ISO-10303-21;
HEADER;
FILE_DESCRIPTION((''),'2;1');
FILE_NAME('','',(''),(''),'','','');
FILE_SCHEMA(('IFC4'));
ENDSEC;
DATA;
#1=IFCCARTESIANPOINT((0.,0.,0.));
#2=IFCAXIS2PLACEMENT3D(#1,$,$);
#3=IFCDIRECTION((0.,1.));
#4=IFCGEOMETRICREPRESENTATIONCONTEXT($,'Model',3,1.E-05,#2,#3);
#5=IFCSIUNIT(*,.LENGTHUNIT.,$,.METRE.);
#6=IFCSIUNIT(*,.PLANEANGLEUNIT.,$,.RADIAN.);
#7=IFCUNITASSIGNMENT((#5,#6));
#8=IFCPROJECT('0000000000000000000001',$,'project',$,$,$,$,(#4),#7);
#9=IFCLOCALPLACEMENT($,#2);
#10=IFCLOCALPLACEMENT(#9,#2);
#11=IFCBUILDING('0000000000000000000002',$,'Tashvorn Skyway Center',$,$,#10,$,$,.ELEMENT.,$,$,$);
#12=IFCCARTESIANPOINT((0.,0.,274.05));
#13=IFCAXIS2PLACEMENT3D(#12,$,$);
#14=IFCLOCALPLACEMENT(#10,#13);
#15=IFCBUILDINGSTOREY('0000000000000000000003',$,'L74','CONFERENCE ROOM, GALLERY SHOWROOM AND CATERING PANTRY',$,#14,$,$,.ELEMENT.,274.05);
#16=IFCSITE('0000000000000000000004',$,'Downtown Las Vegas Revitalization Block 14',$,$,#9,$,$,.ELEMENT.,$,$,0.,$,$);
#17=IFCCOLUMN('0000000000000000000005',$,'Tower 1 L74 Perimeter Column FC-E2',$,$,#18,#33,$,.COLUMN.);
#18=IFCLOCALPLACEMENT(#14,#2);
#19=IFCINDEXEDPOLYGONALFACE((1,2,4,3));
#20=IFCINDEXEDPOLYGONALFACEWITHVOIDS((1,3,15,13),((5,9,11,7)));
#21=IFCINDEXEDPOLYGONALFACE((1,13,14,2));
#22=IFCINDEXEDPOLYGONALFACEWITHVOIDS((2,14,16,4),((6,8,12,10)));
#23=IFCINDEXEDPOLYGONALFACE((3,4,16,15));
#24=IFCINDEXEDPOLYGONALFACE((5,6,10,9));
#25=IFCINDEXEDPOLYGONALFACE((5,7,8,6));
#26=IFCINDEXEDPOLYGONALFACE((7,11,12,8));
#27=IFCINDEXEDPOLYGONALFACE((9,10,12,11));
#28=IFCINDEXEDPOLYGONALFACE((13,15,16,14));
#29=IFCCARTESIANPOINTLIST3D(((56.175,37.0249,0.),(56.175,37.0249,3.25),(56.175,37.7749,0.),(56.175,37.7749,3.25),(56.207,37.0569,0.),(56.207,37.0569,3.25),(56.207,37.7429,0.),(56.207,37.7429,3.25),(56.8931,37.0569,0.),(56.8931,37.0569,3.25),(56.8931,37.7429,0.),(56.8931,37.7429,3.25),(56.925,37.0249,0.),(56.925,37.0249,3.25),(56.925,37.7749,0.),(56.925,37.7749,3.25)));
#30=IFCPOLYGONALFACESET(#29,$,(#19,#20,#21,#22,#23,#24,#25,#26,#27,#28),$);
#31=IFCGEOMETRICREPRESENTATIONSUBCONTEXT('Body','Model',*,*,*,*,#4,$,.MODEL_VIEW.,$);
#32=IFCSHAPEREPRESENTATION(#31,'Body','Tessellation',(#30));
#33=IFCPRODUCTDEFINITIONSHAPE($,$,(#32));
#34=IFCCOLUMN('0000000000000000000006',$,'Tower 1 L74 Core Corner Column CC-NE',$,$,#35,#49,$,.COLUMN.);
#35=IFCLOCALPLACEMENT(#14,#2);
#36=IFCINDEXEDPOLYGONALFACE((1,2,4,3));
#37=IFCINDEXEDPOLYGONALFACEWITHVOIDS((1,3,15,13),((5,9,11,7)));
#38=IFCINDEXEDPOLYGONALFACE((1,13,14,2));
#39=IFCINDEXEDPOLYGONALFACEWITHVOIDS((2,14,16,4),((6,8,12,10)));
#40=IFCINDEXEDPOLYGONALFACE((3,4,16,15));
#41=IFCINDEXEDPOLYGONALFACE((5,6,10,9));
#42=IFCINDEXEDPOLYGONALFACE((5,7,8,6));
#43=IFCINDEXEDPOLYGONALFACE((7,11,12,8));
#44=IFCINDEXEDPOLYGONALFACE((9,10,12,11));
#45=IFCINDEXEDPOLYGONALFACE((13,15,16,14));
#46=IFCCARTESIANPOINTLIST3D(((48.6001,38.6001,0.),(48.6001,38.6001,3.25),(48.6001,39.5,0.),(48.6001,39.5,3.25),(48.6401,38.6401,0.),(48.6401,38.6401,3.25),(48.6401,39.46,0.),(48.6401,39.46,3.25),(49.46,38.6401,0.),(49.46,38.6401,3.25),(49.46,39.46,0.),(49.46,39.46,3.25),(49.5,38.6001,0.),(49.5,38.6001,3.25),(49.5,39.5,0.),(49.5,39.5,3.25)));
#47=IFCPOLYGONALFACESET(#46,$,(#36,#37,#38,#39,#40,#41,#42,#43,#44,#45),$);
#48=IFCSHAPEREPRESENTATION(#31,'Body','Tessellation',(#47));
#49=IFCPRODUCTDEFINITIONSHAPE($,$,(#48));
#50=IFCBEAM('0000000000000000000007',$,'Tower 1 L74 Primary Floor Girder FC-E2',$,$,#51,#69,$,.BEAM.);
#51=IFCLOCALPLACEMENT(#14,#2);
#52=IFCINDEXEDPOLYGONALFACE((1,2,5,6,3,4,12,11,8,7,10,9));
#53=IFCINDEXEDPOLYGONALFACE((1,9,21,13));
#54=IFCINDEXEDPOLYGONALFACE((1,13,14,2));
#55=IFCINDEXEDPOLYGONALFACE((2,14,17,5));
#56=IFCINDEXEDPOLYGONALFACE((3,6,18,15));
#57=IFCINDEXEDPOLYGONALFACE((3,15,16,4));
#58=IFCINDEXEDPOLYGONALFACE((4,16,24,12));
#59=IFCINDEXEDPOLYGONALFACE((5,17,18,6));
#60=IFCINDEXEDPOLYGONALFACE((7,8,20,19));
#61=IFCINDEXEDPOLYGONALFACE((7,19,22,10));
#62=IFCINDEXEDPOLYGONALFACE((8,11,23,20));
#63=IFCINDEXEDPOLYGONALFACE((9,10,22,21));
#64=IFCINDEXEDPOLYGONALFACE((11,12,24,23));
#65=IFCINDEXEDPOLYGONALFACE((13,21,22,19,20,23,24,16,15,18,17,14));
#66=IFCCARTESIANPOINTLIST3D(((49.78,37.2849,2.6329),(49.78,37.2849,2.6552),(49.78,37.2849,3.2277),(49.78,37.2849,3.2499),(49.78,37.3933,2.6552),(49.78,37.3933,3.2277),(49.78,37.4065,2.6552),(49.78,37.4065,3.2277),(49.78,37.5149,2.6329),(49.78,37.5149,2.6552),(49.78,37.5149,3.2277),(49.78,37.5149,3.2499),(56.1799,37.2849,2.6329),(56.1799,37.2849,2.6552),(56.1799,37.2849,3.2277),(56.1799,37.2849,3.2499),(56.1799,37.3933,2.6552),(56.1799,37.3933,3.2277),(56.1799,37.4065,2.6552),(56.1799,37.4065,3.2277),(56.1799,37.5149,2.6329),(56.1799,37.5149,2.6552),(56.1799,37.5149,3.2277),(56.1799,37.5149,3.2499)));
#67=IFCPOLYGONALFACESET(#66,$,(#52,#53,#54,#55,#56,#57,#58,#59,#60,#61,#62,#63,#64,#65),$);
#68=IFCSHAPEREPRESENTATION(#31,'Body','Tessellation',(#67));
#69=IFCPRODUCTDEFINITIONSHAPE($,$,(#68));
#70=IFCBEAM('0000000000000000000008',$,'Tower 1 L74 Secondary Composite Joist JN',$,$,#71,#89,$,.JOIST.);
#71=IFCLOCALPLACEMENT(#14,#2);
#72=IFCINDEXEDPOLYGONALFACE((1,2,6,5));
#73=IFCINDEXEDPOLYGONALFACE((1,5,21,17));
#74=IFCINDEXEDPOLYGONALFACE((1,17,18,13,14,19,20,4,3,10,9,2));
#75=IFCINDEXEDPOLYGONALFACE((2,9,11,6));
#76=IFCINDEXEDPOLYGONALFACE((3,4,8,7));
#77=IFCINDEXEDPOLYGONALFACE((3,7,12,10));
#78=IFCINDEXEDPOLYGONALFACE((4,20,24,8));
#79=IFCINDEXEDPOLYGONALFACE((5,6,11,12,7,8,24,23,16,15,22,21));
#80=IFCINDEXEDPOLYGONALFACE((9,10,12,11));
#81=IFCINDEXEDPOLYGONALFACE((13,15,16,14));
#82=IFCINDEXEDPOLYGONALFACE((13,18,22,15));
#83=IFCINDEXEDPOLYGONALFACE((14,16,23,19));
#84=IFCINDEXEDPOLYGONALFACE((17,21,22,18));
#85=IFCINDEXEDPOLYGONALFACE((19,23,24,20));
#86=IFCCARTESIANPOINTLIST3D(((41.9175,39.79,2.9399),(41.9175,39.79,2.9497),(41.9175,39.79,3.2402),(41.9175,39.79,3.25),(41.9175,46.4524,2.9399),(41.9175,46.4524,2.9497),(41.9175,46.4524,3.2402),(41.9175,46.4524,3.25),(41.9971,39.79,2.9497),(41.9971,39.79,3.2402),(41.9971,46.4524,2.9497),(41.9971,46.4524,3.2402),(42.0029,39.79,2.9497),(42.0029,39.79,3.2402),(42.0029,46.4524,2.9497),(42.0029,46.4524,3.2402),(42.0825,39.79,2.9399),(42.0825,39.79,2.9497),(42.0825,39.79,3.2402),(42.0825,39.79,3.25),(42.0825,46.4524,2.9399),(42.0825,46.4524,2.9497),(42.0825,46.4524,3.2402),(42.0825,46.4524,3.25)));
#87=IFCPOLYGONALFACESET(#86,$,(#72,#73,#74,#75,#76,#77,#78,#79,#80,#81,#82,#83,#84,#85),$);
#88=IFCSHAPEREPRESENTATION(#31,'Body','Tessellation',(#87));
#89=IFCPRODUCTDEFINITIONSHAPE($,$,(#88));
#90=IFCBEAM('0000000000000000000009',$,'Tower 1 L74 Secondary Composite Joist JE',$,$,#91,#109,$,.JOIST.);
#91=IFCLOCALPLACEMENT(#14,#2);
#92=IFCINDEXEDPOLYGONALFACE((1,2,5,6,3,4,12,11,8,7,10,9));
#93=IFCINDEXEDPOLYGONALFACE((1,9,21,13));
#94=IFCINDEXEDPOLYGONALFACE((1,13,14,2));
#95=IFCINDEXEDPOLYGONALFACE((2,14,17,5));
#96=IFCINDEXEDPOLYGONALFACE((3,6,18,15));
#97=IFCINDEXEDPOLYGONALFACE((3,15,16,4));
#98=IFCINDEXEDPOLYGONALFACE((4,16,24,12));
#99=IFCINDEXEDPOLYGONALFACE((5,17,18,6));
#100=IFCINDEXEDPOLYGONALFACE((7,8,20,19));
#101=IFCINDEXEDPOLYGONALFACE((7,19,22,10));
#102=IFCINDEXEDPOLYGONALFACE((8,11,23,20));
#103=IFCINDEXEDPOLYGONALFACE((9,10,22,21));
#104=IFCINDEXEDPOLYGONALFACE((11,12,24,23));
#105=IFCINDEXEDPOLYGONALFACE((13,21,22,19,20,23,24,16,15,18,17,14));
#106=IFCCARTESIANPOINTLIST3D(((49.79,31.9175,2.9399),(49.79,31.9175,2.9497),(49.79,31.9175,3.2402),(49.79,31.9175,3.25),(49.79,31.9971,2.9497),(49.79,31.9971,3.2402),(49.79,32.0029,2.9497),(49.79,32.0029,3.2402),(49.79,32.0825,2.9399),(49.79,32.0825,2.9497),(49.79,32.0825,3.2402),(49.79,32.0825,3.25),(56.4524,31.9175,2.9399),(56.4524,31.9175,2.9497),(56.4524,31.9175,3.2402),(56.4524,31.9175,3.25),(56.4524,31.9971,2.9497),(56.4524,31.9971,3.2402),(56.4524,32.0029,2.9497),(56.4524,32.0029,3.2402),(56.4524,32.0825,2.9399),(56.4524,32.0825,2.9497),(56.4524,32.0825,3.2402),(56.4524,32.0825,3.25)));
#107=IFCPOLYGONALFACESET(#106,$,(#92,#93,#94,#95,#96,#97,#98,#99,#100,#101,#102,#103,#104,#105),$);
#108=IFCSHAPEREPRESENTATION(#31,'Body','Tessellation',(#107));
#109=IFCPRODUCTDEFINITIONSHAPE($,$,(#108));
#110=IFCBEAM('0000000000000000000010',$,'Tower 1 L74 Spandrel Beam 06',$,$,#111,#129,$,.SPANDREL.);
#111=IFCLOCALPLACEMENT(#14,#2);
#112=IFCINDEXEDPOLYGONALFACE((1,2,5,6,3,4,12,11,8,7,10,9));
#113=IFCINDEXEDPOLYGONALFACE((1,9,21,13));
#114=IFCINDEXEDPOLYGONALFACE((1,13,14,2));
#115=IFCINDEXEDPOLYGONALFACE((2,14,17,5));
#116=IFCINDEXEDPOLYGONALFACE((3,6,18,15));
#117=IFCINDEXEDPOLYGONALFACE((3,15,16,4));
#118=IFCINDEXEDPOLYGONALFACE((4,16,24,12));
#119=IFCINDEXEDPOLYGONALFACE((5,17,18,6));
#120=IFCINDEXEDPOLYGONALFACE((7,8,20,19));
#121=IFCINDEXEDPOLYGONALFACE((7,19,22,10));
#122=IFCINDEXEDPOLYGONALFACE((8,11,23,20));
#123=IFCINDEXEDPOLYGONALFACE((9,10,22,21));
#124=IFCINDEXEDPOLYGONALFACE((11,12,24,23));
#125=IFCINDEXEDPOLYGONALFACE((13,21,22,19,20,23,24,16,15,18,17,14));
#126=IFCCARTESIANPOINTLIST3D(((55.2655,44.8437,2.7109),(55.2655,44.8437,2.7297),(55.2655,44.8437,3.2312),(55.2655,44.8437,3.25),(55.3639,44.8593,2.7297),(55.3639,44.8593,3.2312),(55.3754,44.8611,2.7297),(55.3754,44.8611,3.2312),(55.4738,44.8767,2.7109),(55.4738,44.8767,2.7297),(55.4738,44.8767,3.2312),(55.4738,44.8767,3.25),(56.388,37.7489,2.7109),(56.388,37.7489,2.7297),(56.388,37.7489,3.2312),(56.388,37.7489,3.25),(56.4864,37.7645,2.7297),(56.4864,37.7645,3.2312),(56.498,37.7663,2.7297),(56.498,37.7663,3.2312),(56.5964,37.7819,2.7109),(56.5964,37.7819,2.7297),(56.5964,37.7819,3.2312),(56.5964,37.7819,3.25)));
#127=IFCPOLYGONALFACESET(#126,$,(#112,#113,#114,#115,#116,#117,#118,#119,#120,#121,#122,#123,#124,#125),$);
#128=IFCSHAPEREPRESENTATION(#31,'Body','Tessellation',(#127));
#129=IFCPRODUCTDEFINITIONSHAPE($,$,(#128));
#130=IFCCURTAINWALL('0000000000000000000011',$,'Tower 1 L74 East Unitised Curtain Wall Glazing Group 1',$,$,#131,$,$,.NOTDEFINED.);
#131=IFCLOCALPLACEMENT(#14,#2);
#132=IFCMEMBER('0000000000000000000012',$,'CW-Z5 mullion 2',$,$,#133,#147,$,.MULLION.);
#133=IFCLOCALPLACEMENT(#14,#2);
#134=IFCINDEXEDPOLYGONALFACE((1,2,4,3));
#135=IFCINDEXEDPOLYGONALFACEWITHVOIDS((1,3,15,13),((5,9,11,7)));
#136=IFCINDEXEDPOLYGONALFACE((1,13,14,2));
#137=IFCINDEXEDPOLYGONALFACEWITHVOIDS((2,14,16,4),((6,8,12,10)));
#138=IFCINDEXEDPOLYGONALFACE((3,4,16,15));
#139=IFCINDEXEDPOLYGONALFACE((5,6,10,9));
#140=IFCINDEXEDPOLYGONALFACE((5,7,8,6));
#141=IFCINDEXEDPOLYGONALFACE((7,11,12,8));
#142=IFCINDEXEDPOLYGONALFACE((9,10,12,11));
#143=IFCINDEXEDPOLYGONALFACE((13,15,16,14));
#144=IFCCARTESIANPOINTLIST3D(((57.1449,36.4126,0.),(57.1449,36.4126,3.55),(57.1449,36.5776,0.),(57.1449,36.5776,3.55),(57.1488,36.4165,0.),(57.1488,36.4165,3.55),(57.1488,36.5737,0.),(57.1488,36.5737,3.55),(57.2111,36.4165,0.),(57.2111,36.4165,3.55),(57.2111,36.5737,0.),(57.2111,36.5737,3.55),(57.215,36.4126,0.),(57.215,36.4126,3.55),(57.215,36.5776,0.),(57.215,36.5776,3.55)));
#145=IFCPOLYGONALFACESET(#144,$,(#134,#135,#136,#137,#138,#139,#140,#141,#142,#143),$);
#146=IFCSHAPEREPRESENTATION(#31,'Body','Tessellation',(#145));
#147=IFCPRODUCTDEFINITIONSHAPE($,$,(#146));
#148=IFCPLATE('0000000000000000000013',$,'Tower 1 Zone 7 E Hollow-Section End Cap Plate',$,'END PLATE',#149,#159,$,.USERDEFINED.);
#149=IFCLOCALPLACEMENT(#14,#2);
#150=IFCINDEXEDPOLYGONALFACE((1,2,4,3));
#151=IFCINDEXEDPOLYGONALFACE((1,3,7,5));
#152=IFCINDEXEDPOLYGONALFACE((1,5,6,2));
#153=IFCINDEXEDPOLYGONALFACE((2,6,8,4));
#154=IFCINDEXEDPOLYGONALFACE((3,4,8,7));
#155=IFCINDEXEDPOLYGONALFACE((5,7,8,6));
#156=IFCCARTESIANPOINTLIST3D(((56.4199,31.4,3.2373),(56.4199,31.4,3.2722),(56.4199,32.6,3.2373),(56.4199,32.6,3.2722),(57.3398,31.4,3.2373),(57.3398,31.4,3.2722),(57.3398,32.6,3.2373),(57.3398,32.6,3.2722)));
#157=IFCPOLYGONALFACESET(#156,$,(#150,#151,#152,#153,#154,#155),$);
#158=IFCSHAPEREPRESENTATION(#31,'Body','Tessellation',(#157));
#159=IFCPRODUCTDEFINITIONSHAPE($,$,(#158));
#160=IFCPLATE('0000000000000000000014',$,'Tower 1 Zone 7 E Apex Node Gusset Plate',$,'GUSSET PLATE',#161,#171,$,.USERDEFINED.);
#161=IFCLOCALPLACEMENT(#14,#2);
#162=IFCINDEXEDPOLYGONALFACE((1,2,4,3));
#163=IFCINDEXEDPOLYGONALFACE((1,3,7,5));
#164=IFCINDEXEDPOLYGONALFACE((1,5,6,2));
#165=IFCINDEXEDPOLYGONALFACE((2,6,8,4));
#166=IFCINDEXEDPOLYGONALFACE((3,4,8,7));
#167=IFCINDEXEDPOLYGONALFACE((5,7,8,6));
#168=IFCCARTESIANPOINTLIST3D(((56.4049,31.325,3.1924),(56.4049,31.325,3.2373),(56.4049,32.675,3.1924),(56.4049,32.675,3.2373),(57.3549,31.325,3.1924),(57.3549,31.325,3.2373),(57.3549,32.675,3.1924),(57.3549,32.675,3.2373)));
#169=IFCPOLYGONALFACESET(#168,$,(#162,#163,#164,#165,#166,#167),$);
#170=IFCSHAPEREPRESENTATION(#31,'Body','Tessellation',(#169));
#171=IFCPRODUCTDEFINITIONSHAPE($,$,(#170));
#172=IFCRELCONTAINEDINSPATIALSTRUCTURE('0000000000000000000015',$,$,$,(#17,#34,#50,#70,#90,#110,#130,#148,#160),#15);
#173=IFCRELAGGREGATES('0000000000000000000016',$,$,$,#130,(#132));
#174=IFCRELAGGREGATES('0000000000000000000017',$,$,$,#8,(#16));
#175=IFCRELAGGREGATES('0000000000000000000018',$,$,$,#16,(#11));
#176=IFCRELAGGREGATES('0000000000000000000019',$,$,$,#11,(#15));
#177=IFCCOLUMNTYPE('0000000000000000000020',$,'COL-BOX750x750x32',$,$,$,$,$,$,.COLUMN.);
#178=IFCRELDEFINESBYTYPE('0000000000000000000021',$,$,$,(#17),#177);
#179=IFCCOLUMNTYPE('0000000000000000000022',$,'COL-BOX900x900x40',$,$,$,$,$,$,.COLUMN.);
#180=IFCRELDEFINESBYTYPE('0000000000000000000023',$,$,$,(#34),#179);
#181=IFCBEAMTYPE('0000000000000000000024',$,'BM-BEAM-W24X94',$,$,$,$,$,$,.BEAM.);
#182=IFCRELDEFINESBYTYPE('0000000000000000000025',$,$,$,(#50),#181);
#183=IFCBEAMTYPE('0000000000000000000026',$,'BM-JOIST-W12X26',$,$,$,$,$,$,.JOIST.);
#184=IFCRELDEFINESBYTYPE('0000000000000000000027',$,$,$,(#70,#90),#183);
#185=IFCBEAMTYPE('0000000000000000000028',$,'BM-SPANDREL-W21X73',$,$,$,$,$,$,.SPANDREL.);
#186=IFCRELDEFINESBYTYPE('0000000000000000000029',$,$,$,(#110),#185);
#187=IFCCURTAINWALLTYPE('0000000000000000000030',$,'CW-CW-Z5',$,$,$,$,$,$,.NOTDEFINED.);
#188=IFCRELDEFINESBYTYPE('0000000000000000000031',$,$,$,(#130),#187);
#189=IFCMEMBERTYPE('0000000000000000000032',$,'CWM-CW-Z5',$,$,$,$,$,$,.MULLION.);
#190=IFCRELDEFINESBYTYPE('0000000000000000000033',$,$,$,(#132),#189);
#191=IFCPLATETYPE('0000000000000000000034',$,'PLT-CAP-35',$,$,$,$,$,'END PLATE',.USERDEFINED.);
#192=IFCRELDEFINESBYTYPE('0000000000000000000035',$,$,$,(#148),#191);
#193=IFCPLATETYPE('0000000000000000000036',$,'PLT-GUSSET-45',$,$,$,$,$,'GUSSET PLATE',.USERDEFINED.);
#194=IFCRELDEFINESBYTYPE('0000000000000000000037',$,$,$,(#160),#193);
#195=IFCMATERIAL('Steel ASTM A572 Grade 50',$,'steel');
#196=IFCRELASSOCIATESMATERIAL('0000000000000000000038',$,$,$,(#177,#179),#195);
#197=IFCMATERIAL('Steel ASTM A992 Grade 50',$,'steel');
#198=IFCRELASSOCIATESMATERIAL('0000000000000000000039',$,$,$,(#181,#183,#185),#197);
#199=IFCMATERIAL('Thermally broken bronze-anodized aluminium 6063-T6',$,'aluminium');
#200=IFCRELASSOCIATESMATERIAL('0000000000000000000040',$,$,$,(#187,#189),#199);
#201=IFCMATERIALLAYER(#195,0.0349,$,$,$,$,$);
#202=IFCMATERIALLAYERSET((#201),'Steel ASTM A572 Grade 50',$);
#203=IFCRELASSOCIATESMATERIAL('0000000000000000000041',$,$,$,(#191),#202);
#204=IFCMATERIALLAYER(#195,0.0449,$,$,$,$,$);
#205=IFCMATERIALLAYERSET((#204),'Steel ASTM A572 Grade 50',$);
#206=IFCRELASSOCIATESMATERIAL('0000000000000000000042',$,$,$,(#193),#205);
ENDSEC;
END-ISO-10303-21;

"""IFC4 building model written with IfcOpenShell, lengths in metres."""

from ifc_helpers import new_model, si_unit, direction, frame, origin, origin_2d, place, context, subcontext, project, spatial, rectangle, hollow_rectangle, i_section, extrude, material, layer, layer_set, material_profile, profile_set, type_object, element, aggregate, save


model = new_model("IFC4")

# Units and contexts
model_context = context("Model", 3, precision=1e-05, world=origin(), true_north=direction((0.0, 1.0)))
body_context = subcontext(model_context, "Body", "Model", "MODEL_VIEW")
ifc_project = project(units=[si_unit("LENGTHUNIT", "METRE"), si_unit("PLANEANGLEUNIT", "RADIAN")], contexts=[model_context])

# Site, building, storey
site_placement = place(None, origin())
site = spatial("IfcSite", under=ifc_project, at=site_placement, Name="Downtown Las Vegas Revitalization Block 14", CompositionType="ELEMENT", RefElevation=0.0)
building_placement = place(site_placement, origin())
building = spatial("IfcBuilding", under=site, at=building_placement, Name="Tashvorn Skyway Center", CompositionType="ELEMENT")
storey_placement = place(building_placement, frame((0.0, 0.0, 274.05)))
storey = spatial("IfcBuildingStorey", under=building, at=storey_placement, Name="L74", Description="CONFERENCE ROOM, GALLERY SHOWROOM AND CATERING PANTRY", CompositionType="ELEMENT", Elevation=274.05)

# Columns
ifc_material_1 = material(Name="Steel ASTM A572 Grade 50", Category="steel")
ifc_material_profile_1 = material_profile(ifc_material_1, hollow_rectangle(XDim=0.75, YDim=0.75, WallThickness=0.032, at=origin_2d()), Name="BOX750x750x32")
ifc_profile_set_1 = profile_set([ifc_material_profile_1], Name="Steel ASTM A572 Grade 50")
column_type_1 = type_object("IfcColumnType", Name="COL-BOX750x750x32", PredefinedType="COLUMN", material=ifc_profile_set_1)
column_1_placement = place(storey_placement, frame((56.55, 37.3999, 0.0), z_axis=(0.0, 0.0, 1.0), x_axis=(1.0, 0.0, 0.0)))
element("IfcColumn", 1, at=column_1_placement, inside=storey, type_object=column_type_1, Name="Tower 1 L74 Perimeter Column FC-E2", PredefinedType="COLUMN", context=body_context, shape_type="SweptSolid", body=[
    extrude(hollow_rectangle(XDim=0.75, YDim=0.75, WallThickness=0.032, at=origin_2d()), origin(), (0.0, 0.0, 1.0), 3.25),
])
ifc_material_profile_2 = material_profile(ifc_material_1, hollow_rectangle(XDim=0.8999, YDim=0.8999, WallThickness=0.04, at=origin_2d()), Name="BOX900x900x40")
ifc_profile_set_2 = profile_set([ifc_material_profile_2], Name="Steel ASTM A572 Grade 50")
column_type_2 = type_object("IfcColumnType", Name="COL-BOX900x900x40", PredefinedType="COLUMN", material=ifc_profile_set_2)
column_2_placement = place(storey_placement, frame((49.05, 39.05, 0.0), z_axis=(0.0, 0.0, 1.0), x_axis=(1.0, 0.0, 0.0)))
element("IfcColumn", 2, at=column_2_placement, inside=storey, type_object=column_type_2, Name="Tower 1 L74 Core Corner Column CC-NE", PredefinedType="COLUMN", context=body_context, shape_type="SweptSolid", body=[
    extrude(hollow_rectangle(XDim=0.8999, YDim=0.8999, WallThickness=0.04, at=origin_2d()), origin(), (0.0, 0.0, 1.0), 3.25),
])

# Beams
ifc_material_2 = material(Name="Steel ASTM A992 Grade 50", Category="steel")
ifc_material_profile_3 = material_profile(ifc_material_2, i_section(OverallWidth=0.23, OverallDepth=0.6169, WebThickness=0.0132, FlangeThickness=0.0222, at=origin_2d()), Name="W24X94")
ifc_profile_set_3 = profile_set([ifc_material_profile_3], Name="Steel ASTM A992 Grade 50")
beam_type_1 = type_object("IfcBeamType", Name="BM-BEAM-W24X94", PredefinedType="BEAM", material=ifc_profile_set_3)
beam_1_placement = place(storey_placement, frame((56.1799, 37.3999, 2.9414), z_axis=(-1.0, 0.0, 0.0), x_axis=(0.0, -1.0, 0.0)))
element("IfcBeam", 3, at=beam_1_placement, inside=storey, type_object=beam_type_1, Name="Tower 1 L74 Primary Floor Girder FC-E2", PredefinedType="BEAM", context=body_context, shape_type="SweptSolid", body=[
    extrude(i_section(OverallWidth=0.23, OverallDepth=0.6169, WebThickness=0.0132, FlangeThickness=0.0222, at=origin_2d()), origin(), (0.0, 0.0, 1.0), 6.3999),
])
ifc_material_profile_4 = material_profile(ifc_material_2, i_section(OverallWidth=0.165, OverallDepth=0.3101, WebThickness=0.0059, FlangeThickness=0.0098, at=origin_2d()), Name="W12X26")
ifc_profile_set_4 = profile_set([ifc_material_profile_4], Name="Steel ASTM A992 Grade 50")
beam_type_2 = type_object("IfcBeamType", Name="BM-JOIST-W12X26", PredefinedType="JOIST", material=ifc_profile_set_4)
for number, where, z_axis, x_axis, name in (
    (4, (42.0, 39.79, 3.095), (0.0, 1.0, 0.0), (-1.0, 0.0, 0.0), "Tower 1 L74 Secondary Composite Joist JN"),
    (5, (49.79, 32.0, 3.095), (1.0, 0.0, 0.0), (0.0, 1.0, 0.0), "Tower 1 L74 Secondary Composite Joist JE"),
):
    element("IfcBeam", number, at=place(storey_placement, frame(where, z_axis=z_axis, x_axis=x_axis)), inside=storey, type_object=beam_type_2, Name=name, PredefinedType="JOIST", context=body_context, shape_type="SweptSolid", body=[
        extrude(i_section(OverallWidth=0.165, OverallDepth=0.3101, WebThickness=0.0059, FlangeThickness=0.0098, at=origin_2d()), origin(), (0.0, 0.0, 1.0), 6.6624),
    ])
ifc_material_profile_5 = material_profile(ifc_material_2, i_section(OverallWidth=0.2109, OverallDepth=0.5391, WebThickness=0.0117, FlangeThickness=0.0188, at=origin_2d()), Name="W21X73")
ifc_profile_set_5 = profile_set([ifc_material_profile_5], Name="Steel ASTM A992 Grade 50")
beam_type_3 = type_object("IfcBeamType", Name="BM-SPANDREL-W21X73", PredefinedType="SPANDREL", material=ifc_profile_set_5)
beam_2_placement = place(storey_placement, frame((56.4922, 37.7654, 2.9805), z_axis=(-0.156275, 0.987714, 0.0), x_axis=(-0.987714, -0.156275, 0.0)))
element("IfcBeam", 6, at=beam_2_placement, inside=storey, type_object=beam_type_3, Name="Tower 1 L74 Spandrel Beam 06", PredefinedType="SPANDREL", context=body_context, shape_type="SweptSolid", body=[
    extrude(i_section(OverallWidth=0.2109, OverallDepth=0.5391, WebThickness=0.0117, FlangeThickness=0.0188, at=origin_2d()), origin(), (0.0, 0.0, 1.0), 7.1831),
])

# Curtain wall, member
ifc_material_3 = material(Name="Thermally broken bronze-anodized aluminium 6063-T6", Category="aluminium")
curtain_wall_type = type_object("IfcCurtainWallType", Name="CW-CW-Z5", PredefinedType="NOTDEFINED", material=ifc_material_3)
curtain_wall_placement = place(storey_placement, origin())
curtain_wall = element("IfcCurtainWall", 7, at=curtain_wall_placement, inside=storey, type_object=curtain_wall_type, Name="Tower 1 L74 East Unitised Curtain Wall Glazing Group 1", PredefinedType="NOTDEFINED")
ifc_material_profile_6 = material_profile(ifc_material_3, hollow_rectangle(XDim=0.0701, YDim=0.165, WallThickness=0.0039, at=origin_2d()), Name="ALU-MULL-70x165")
ifc_profile_set_6 = profile_set([ifc_material_profile_6], Name="Thermally broken bronze-anodized aluminium 6063-T6")
member_type = type_object("IfcMemberType", Name="CWM-CW-Z5", PredefinedType="MULLION", material=ifc_profile_set_6)
member_placement = place(storey_placement, frame((57.1799, 36.4951, 0.0), z_axis=(0.0, 0.0, 1.0), x_axis=(1.0, 0.0, 0.0)))
member = element("IfcMember", 8, at=member_placement, type_object=member_type, Name="CW-Z5 mullion 2", PredefinedType="MULLION", context=body_context, shape_type="SweptSolid", body=[
    extrude(hollow_rectangle(XDim=0.0701, YDim=0.165, WallThickness=0.0039, at=origin_2d()), origin(), (0.0, 0.0, 1.0), 3.55),
])
aggregate(curtain_wall, [member])

# Plates
ifc_layer_1 = layer(ifc_material_1, 0.0349)
ifc_layer_set_1 = layer_set([ifc_layer_1], Name="Steel ASTM A572 Grade 50")
plate_type_1 = type_object("IfcPlateType", Name="PLT-CAP-35", ElementType="END PLATE", PredefinedType="USERDEFINED", material=ifc_layer_set_1)
plate_1_placement = place(storey_placement, frame((56.8799, 32.0, 3.2373), z_axis=(0.0, 0.0, 1.0), x_axis=(0.0, 1.0, 0.0)))
element("IfcPlate", 9, at=plate_1_placement, inside=storey, type_object=plate_type_1, Name="Tower 1 Zone 7 E Hollow-Section End Cap Plate", ObjectType="END PLATE", PredefinedType="USERDEFINED", context=body_context, shape_type="SweptSolid", body=[
    extrude(rectangle(XDim=1.2, YDim=0.9199, at=origin_2d()), origin(), (0.0, 0.0, 1.0), 0.0349),
])
ifc_layer_2 = layer(ifc_material_1, 0.0449)
ifc_layer_set_2 = layer_set([ifc_layer_2], Name="Steel ASTM A572 Grade 50")
plate_type_2 = type_object("IfcPlateType", Name="PLT-GUSSET-45", ElementType="GUSSET PLATE", PredefinedType="USERDEFINED", material=ifc_layer_set_2)
plate_2_placement = place(storey_placement, frame((56.8799, 32.0, 3.1924), z_axis=(0.0, 0.0, 1.0), x_axis=(0.0, 1.0, 0.0)))
element("IfcPlate", 10, at=plate_2_placement, inside=storey, type_object=plate_type_2, Name="Tower 1 Zone 7 E Apex Node Gusset Plate", ObjectType="GUSSET PLATE", PredefinedType="USERDEFINED", context=body_context, shape_type="SweptSolid", body=[
    extrude(rectangle(XDim=1.3501, YDim=0.95, at=origin_2d()), origin(), (0.0, 0.0, 1.0), 0.0449),
])

save(model, "model.ifc")
